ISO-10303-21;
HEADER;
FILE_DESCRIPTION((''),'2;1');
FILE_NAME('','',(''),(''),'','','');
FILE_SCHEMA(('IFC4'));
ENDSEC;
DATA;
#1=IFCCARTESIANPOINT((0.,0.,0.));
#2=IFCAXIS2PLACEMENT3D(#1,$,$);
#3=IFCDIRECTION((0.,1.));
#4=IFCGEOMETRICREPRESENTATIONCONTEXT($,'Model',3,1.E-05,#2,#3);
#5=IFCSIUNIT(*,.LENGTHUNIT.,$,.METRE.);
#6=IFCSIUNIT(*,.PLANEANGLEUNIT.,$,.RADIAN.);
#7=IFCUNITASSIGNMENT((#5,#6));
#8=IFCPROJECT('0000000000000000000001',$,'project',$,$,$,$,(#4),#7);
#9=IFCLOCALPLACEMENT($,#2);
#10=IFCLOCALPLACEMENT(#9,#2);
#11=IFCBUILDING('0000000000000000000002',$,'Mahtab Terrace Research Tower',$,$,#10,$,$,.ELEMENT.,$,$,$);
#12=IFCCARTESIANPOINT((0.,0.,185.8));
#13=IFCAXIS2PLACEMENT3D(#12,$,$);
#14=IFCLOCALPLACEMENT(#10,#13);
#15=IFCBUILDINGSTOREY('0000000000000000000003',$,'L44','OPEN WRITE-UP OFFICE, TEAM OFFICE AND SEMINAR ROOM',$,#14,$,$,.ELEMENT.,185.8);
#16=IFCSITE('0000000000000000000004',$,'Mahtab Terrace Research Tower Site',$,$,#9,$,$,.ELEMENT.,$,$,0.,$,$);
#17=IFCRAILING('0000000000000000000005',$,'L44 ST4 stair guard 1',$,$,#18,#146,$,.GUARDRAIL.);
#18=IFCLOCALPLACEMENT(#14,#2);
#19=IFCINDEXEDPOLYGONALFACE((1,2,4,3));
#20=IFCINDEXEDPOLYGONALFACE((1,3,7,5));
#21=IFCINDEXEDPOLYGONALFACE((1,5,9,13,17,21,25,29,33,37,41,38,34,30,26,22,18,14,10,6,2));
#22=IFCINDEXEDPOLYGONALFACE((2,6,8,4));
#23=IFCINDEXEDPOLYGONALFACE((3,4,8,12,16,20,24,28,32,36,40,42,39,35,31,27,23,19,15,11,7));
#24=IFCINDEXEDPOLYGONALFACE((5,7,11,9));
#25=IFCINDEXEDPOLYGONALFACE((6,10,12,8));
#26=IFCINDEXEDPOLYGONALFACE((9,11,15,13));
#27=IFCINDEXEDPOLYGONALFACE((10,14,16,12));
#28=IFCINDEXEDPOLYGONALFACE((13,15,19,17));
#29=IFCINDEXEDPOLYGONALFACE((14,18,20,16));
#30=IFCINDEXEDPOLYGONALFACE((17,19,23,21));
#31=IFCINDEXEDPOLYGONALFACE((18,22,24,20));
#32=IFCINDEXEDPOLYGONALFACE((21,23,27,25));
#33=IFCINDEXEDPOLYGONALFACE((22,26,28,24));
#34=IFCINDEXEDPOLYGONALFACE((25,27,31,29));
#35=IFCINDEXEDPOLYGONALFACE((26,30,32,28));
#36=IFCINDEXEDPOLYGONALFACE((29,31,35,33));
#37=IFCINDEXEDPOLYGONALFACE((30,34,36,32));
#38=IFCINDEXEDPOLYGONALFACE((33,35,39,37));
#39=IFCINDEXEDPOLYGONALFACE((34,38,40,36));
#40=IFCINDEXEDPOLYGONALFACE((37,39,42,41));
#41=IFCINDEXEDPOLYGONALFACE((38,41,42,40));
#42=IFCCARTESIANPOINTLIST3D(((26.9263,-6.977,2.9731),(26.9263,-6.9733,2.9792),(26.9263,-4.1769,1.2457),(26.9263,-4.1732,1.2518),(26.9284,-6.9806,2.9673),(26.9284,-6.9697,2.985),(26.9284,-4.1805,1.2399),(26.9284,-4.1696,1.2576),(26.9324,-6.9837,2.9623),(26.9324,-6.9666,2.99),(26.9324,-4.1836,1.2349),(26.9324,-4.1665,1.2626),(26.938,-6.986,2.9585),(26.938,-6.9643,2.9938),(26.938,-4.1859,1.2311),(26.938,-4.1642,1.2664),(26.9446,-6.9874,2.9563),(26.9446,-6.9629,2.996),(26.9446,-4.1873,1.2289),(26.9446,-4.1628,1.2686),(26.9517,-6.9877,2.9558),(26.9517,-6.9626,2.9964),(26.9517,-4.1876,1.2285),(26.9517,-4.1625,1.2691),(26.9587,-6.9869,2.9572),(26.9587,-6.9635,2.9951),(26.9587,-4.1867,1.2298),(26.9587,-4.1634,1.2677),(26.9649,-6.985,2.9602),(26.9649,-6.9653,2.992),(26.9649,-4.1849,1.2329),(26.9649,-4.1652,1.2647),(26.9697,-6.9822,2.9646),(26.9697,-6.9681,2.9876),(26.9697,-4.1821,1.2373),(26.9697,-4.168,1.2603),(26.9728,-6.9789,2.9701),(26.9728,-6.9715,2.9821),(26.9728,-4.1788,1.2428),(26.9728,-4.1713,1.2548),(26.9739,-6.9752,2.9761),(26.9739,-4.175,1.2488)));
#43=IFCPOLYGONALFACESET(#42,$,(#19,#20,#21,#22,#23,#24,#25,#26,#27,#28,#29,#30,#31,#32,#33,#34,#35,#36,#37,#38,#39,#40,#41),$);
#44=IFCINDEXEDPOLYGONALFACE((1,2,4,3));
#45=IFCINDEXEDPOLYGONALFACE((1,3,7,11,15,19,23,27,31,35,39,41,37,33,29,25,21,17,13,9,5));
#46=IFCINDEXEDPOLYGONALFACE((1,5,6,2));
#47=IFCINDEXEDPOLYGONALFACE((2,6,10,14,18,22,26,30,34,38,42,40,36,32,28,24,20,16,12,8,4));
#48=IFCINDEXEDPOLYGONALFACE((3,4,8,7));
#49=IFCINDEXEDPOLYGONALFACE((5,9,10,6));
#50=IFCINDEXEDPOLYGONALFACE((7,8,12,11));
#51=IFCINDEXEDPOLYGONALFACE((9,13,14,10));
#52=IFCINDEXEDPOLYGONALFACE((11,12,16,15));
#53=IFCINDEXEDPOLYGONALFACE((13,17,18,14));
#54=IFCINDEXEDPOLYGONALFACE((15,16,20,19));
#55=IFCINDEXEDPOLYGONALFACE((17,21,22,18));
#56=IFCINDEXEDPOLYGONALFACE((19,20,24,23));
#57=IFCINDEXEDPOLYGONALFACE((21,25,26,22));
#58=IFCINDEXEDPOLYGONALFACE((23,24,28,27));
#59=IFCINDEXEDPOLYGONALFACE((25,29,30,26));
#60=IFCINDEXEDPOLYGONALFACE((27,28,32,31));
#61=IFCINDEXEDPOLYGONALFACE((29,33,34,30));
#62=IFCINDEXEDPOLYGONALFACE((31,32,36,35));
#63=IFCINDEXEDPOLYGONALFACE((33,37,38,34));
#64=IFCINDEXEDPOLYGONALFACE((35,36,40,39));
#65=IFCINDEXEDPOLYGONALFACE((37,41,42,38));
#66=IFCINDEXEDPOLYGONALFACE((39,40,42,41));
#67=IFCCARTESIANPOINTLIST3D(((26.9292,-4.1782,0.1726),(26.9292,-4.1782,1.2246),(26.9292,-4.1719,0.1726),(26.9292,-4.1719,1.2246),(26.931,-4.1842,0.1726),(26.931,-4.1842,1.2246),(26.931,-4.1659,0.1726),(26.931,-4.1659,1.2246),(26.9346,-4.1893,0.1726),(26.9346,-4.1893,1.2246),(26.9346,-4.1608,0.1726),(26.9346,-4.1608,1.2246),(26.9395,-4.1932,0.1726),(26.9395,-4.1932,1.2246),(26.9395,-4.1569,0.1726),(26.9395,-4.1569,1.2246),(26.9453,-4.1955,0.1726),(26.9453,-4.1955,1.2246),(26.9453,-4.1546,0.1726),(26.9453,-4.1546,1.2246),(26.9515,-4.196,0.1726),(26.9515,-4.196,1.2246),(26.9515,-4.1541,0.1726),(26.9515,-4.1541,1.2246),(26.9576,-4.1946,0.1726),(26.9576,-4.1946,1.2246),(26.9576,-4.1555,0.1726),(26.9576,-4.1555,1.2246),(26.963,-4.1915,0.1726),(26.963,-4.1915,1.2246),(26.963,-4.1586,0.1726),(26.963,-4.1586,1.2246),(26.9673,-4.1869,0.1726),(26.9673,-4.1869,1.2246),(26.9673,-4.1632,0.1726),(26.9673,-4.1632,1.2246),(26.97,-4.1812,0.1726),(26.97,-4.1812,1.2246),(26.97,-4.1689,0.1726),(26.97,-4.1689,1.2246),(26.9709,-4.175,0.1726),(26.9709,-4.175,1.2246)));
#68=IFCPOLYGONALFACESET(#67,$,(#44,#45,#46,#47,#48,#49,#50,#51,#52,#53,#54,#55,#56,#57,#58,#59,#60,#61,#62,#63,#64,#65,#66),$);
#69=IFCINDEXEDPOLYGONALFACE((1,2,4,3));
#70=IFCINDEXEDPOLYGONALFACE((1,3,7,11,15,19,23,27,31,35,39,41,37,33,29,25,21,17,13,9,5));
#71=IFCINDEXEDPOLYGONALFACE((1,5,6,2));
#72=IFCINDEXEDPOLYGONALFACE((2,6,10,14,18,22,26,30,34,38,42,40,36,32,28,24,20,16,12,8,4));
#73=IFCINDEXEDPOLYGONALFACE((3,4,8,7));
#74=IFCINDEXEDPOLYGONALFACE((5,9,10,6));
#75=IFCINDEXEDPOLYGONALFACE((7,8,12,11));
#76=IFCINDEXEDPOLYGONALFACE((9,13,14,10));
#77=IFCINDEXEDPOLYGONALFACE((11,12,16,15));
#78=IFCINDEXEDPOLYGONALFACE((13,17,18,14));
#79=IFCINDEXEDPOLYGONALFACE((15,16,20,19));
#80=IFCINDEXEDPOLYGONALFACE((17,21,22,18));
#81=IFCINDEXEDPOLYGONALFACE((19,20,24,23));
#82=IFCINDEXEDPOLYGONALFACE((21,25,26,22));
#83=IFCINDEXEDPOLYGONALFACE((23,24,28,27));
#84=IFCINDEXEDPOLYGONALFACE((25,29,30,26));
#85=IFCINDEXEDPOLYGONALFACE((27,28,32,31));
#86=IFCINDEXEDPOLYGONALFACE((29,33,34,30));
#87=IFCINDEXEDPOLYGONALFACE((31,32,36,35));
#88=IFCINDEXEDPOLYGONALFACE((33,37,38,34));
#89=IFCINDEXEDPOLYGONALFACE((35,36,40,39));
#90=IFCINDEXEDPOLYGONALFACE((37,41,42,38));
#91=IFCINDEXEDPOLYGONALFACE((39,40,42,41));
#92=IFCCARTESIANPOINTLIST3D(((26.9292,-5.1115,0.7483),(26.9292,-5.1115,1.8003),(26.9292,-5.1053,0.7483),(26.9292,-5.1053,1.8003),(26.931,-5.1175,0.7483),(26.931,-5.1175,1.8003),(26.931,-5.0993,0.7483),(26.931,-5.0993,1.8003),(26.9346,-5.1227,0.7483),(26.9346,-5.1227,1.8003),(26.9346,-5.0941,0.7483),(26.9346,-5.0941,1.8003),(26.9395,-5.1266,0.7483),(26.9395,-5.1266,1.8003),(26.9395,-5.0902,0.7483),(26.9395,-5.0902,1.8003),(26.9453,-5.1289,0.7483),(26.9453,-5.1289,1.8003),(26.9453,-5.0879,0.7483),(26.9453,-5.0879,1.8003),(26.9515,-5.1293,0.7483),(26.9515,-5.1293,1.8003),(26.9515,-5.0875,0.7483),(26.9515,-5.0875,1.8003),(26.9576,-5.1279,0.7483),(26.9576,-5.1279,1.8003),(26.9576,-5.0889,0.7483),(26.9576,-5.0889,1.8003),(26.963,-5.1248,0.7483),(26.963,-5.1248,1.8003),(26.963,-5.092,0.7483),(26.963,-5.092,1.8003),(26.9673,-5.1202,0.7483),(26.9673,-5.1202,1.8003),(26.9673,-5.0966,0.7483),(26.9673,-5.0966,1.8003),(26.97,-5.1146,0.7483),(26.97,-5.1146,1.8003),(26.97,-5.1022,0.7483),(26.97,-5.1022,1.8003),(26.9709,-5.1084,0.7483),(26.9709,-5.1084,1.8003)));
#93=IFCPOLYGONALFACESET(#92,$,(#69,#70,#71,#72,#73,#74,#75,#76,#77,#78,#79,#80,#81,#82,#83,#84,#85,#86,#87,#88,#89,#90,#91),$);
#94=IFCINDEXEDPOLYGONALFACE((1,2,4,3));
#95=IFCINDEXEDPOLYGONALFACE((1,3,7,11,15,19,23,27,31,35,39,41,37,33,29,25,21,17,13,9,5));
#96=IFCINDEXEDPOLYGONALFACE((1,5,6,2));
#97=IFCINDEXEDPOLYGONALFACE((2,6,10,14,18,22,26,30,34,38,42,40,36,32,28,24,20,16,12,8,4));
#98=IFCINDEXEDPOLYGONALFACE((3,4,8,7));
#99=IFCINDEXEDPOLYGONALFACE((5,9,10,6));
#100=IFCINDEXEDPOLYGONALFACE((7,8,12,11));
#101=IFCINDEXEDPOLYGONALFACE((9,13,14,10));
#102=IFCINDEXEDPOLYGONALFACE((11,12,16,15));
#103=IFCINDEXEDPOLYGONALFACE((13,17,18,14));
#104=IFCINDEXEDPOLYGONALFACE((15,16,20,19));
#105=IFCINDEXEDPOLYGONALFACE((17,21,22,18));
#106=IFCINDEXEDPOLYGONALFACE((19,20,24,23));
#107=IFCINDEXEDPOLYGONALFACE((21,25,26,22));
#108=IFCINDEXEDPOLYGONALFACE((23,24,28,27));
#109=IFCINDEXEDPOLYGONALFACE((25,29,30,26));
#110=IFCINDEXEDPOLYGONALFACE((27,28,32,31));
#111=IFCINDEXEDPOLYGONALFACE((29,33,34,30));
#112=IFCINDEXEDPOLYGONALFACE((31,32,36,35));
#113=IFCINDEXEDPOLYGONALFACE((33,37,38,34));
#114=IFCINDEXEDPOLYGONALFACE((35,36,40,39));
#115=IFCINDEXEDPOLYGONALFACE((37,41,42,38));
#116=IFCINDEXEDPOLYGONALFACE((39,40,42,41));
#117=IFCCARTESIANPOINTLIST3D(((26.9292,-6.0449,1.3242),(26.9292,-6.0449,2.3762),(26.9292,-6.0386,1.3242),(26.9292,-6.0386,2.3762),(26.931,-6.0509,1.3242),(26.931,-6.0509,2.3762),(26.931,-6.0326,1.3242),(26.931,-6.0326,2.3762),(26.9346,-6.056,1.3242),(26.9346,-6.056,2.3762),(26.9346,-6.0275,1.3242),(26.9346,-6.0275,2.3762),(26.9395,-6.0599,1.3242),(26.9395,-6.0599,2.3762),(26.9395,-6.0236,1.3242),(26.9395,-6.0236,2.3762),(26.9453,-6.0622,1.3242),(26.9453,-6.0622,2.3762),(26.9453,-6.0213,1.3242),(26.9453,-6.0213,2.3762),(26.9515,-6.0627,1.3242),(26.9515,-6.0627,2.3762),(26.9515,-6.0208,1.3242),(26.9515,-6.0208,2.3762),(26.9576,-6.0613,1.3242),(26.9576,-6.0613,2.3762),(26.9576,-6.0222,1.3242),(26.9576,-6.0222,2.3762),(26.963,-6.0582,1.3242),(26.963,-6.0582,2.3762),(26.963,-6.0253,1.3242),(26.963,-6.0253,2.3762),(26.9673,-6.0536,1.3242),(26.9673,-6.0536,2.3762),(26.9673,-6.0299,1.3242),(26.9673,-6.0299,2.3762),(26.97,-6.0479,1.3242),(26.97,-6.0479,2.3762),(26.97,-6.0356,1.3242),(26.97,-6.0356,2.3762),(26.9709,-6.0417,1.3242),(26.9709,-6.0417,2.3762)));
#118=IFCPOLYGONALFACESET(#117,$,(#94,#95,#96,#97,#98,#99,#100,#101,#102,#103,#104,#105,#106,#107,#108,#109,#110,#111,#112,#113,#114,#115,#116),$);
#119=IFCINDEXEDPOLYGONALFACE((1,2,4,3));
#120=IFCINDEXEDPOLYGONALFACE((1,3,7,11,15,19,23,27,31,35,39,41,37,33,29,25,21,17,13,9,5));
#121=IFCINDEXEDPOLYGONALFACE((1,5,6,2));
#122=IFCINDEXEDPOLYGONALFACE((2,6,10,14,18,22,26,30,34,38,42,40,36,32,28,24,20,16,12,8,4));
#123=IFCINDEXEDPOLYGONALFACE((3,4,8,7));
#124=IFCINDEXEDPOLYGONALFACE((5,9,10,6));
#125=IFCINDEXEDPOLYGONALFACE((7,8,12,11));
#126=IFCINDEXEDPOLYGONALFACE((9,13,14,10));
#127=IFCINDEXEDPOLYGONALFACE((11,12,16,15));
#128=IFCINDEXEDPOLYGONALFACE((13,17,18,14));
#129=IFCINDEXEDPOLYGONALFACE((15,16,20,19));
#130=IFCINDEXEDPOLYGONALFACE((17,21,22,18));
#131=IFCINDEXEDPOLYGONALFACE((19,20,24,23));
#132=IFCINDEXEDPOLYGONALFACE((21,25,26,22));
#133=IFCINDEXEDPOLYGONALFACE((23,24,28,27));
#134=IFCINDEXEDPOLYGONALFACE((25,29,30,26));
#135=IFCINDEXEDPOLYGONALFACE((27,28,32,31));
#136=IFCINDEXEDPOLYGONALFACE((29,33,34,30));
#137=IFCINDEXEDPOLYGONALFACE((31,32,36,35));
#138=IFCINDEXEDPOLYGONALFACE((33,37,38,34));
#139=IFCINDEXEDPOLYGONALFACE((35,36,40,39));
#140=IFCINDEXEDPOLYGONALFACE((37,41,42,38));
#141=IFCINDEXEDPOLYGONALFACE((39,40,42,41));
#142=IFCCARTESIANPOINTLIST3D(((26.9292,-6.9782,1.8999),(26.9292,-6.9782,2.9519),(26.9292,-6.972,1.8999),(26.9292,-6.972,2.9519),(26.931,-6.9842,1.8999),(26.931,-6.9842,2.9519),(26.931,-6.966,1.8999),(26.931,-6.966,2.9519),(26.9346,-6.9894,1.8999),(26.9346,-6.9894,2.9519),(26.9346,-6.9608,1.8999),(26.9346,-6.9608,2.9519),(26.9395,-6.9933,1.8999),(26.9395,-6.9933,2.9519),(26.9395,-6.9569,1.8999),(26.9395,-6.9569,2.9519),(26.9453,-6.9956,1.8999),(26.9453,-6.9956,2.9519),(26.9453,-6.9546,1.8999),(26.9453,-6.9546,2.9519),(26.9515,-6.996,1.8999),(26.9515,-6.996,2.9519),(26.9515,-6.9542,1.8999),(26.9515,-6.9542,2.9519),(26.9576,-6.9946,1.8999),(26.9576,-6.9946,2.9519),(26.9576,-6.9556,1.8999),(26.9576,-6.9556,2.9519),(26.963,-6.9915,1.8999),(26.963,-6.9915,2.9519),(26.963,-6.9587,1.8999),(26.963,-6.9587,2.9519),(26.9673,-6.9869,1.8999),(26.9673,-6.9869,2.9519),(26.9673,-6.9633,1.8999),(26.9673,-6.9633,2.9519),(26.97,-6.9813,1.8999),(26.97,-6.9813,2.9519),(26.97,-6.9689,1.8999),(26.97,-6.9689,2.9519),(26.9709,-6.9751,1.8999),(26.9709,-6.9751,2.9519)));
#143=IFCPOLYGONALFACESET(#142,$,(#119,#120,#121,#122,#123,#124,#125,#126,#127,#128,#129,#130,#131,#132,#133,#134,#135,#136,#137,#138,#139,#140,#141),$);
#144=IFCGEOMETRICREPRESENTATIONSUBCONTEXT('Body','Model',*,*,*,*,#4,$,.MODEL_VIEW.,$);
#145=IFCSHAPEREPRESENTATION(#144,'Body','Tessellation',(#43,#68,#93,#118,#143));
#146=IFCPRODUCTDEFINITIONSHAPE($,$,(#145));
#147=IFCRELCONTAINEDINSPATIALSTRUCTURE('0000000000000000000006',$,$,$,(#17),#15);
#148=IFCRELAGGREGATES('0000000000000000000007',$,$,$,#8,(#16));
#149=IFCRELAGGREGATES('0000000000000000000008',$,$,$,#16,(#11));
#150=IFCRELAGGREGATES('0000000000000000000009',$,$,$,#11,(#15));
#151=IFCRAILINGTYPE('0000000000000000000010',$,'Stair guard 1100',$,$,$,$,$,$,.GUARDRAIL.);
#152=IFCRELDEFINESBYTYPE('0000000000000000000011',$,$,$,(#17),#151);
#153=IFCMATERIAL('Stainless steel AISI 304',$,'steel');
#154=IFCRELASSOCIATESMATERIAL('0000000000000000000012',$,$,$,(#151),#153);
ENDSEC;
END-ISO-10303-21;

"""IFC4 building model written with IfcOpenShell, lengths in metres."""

from ifc_helpers import new_model, si_unit, direction, frame, origin, origin_2d, place, context, subcontext, project, spatial, circle, extrude, material, type_object, element, save


model = new_model("IFC4")

# Units and contexts
model_context = context("Model", 3, precision=1e-05, world=origin(), true_north=direction((0.0, 1.0)))
body_context = subcontext(model_context, "Body", "Model", "MODEL_VIEW")
ifc_project = project(units=[si_unit("LENGTHUNIT", "METRE"), si_unit("PLANEANGLEUNIT", "RADIAN")], contexts=[model_context])

# Site, building, storey
site_placement = place(None, origin())
site = spatial("IfcSite", under=ifc_project, at=site_placement, Name="Mahtab Terrace Research Tower Site", CompositionType="ELEMENT", RefElevation=0.0)
building_placement = place(site_placement, origin())
building = spatial("IfcBuilding", under=site, at=building_placement, Name="Mahtab Terrace Research Tower", CompositionType="ELEMENT")
storey_placement = place(building_placement, frame((0.0, 0.0, 185.8)))
storey = spatial("IfcBuildingStorey", under=building, at=storey_placement, Name="L44", Description="OPEN WRITE-UP OFFICE, TEAM OFFICE AND SEMINAR ROOM", CompositionType="ELEMENT", Elevation=185.8)

# Railing
ifc_material_1 = material(Name="Stainless steel AISI 304", Category="steel")
railing_type_1 = type_object("IfcRailingType", Name="Stair guard 1100", PredefinedType="GUARDRAIL", material=ifc_material_1)
railing_1_placement = place(storey_placement, frame((26.95, -4.175, 0.1726)))
element("IfcRailing", 1, at=railing_1_placement, inside=storey, type_object=railing_type_1, Name="L44 ST4 stair guard 1", PredefinedType="GUARDRAIL", context=body_context, shape_type="SweptSolid", body=[
    extrude(circle(Radius=0.0239, at=origin_2d()), frame((0.0, 0.0, 1.0762), z_axis=(0.0, -0.85109, 0.52502), x_axis=(1.0, 0.0, 0.0)), (0.0, 0.0, 1.0), 3.29),
    extrude(circle(Radius=0.021, at=origin_2d()), origin(), (0.0, 0.0, 1.0), 1.052),
    extrude(circle(Radius=0.021, at=origin_2d()), frame((0.0, -0.9333, 0.5757)), (0.0, 0.0, 1.0), 1.052),
    extrude(circle(Radius=0.021, at=origin_2d()), frame((0.0, -1.8667, 1.1516)), (0.0, 0.0, 1.0), 1.052),
    extrude(circle(Radius=0.021, at=origin_2d()), frame((0.0, -2.8, 1.7273)), (0.0, 0.0, 1.0), 1.052),
])

save(model, "model.ifc")
